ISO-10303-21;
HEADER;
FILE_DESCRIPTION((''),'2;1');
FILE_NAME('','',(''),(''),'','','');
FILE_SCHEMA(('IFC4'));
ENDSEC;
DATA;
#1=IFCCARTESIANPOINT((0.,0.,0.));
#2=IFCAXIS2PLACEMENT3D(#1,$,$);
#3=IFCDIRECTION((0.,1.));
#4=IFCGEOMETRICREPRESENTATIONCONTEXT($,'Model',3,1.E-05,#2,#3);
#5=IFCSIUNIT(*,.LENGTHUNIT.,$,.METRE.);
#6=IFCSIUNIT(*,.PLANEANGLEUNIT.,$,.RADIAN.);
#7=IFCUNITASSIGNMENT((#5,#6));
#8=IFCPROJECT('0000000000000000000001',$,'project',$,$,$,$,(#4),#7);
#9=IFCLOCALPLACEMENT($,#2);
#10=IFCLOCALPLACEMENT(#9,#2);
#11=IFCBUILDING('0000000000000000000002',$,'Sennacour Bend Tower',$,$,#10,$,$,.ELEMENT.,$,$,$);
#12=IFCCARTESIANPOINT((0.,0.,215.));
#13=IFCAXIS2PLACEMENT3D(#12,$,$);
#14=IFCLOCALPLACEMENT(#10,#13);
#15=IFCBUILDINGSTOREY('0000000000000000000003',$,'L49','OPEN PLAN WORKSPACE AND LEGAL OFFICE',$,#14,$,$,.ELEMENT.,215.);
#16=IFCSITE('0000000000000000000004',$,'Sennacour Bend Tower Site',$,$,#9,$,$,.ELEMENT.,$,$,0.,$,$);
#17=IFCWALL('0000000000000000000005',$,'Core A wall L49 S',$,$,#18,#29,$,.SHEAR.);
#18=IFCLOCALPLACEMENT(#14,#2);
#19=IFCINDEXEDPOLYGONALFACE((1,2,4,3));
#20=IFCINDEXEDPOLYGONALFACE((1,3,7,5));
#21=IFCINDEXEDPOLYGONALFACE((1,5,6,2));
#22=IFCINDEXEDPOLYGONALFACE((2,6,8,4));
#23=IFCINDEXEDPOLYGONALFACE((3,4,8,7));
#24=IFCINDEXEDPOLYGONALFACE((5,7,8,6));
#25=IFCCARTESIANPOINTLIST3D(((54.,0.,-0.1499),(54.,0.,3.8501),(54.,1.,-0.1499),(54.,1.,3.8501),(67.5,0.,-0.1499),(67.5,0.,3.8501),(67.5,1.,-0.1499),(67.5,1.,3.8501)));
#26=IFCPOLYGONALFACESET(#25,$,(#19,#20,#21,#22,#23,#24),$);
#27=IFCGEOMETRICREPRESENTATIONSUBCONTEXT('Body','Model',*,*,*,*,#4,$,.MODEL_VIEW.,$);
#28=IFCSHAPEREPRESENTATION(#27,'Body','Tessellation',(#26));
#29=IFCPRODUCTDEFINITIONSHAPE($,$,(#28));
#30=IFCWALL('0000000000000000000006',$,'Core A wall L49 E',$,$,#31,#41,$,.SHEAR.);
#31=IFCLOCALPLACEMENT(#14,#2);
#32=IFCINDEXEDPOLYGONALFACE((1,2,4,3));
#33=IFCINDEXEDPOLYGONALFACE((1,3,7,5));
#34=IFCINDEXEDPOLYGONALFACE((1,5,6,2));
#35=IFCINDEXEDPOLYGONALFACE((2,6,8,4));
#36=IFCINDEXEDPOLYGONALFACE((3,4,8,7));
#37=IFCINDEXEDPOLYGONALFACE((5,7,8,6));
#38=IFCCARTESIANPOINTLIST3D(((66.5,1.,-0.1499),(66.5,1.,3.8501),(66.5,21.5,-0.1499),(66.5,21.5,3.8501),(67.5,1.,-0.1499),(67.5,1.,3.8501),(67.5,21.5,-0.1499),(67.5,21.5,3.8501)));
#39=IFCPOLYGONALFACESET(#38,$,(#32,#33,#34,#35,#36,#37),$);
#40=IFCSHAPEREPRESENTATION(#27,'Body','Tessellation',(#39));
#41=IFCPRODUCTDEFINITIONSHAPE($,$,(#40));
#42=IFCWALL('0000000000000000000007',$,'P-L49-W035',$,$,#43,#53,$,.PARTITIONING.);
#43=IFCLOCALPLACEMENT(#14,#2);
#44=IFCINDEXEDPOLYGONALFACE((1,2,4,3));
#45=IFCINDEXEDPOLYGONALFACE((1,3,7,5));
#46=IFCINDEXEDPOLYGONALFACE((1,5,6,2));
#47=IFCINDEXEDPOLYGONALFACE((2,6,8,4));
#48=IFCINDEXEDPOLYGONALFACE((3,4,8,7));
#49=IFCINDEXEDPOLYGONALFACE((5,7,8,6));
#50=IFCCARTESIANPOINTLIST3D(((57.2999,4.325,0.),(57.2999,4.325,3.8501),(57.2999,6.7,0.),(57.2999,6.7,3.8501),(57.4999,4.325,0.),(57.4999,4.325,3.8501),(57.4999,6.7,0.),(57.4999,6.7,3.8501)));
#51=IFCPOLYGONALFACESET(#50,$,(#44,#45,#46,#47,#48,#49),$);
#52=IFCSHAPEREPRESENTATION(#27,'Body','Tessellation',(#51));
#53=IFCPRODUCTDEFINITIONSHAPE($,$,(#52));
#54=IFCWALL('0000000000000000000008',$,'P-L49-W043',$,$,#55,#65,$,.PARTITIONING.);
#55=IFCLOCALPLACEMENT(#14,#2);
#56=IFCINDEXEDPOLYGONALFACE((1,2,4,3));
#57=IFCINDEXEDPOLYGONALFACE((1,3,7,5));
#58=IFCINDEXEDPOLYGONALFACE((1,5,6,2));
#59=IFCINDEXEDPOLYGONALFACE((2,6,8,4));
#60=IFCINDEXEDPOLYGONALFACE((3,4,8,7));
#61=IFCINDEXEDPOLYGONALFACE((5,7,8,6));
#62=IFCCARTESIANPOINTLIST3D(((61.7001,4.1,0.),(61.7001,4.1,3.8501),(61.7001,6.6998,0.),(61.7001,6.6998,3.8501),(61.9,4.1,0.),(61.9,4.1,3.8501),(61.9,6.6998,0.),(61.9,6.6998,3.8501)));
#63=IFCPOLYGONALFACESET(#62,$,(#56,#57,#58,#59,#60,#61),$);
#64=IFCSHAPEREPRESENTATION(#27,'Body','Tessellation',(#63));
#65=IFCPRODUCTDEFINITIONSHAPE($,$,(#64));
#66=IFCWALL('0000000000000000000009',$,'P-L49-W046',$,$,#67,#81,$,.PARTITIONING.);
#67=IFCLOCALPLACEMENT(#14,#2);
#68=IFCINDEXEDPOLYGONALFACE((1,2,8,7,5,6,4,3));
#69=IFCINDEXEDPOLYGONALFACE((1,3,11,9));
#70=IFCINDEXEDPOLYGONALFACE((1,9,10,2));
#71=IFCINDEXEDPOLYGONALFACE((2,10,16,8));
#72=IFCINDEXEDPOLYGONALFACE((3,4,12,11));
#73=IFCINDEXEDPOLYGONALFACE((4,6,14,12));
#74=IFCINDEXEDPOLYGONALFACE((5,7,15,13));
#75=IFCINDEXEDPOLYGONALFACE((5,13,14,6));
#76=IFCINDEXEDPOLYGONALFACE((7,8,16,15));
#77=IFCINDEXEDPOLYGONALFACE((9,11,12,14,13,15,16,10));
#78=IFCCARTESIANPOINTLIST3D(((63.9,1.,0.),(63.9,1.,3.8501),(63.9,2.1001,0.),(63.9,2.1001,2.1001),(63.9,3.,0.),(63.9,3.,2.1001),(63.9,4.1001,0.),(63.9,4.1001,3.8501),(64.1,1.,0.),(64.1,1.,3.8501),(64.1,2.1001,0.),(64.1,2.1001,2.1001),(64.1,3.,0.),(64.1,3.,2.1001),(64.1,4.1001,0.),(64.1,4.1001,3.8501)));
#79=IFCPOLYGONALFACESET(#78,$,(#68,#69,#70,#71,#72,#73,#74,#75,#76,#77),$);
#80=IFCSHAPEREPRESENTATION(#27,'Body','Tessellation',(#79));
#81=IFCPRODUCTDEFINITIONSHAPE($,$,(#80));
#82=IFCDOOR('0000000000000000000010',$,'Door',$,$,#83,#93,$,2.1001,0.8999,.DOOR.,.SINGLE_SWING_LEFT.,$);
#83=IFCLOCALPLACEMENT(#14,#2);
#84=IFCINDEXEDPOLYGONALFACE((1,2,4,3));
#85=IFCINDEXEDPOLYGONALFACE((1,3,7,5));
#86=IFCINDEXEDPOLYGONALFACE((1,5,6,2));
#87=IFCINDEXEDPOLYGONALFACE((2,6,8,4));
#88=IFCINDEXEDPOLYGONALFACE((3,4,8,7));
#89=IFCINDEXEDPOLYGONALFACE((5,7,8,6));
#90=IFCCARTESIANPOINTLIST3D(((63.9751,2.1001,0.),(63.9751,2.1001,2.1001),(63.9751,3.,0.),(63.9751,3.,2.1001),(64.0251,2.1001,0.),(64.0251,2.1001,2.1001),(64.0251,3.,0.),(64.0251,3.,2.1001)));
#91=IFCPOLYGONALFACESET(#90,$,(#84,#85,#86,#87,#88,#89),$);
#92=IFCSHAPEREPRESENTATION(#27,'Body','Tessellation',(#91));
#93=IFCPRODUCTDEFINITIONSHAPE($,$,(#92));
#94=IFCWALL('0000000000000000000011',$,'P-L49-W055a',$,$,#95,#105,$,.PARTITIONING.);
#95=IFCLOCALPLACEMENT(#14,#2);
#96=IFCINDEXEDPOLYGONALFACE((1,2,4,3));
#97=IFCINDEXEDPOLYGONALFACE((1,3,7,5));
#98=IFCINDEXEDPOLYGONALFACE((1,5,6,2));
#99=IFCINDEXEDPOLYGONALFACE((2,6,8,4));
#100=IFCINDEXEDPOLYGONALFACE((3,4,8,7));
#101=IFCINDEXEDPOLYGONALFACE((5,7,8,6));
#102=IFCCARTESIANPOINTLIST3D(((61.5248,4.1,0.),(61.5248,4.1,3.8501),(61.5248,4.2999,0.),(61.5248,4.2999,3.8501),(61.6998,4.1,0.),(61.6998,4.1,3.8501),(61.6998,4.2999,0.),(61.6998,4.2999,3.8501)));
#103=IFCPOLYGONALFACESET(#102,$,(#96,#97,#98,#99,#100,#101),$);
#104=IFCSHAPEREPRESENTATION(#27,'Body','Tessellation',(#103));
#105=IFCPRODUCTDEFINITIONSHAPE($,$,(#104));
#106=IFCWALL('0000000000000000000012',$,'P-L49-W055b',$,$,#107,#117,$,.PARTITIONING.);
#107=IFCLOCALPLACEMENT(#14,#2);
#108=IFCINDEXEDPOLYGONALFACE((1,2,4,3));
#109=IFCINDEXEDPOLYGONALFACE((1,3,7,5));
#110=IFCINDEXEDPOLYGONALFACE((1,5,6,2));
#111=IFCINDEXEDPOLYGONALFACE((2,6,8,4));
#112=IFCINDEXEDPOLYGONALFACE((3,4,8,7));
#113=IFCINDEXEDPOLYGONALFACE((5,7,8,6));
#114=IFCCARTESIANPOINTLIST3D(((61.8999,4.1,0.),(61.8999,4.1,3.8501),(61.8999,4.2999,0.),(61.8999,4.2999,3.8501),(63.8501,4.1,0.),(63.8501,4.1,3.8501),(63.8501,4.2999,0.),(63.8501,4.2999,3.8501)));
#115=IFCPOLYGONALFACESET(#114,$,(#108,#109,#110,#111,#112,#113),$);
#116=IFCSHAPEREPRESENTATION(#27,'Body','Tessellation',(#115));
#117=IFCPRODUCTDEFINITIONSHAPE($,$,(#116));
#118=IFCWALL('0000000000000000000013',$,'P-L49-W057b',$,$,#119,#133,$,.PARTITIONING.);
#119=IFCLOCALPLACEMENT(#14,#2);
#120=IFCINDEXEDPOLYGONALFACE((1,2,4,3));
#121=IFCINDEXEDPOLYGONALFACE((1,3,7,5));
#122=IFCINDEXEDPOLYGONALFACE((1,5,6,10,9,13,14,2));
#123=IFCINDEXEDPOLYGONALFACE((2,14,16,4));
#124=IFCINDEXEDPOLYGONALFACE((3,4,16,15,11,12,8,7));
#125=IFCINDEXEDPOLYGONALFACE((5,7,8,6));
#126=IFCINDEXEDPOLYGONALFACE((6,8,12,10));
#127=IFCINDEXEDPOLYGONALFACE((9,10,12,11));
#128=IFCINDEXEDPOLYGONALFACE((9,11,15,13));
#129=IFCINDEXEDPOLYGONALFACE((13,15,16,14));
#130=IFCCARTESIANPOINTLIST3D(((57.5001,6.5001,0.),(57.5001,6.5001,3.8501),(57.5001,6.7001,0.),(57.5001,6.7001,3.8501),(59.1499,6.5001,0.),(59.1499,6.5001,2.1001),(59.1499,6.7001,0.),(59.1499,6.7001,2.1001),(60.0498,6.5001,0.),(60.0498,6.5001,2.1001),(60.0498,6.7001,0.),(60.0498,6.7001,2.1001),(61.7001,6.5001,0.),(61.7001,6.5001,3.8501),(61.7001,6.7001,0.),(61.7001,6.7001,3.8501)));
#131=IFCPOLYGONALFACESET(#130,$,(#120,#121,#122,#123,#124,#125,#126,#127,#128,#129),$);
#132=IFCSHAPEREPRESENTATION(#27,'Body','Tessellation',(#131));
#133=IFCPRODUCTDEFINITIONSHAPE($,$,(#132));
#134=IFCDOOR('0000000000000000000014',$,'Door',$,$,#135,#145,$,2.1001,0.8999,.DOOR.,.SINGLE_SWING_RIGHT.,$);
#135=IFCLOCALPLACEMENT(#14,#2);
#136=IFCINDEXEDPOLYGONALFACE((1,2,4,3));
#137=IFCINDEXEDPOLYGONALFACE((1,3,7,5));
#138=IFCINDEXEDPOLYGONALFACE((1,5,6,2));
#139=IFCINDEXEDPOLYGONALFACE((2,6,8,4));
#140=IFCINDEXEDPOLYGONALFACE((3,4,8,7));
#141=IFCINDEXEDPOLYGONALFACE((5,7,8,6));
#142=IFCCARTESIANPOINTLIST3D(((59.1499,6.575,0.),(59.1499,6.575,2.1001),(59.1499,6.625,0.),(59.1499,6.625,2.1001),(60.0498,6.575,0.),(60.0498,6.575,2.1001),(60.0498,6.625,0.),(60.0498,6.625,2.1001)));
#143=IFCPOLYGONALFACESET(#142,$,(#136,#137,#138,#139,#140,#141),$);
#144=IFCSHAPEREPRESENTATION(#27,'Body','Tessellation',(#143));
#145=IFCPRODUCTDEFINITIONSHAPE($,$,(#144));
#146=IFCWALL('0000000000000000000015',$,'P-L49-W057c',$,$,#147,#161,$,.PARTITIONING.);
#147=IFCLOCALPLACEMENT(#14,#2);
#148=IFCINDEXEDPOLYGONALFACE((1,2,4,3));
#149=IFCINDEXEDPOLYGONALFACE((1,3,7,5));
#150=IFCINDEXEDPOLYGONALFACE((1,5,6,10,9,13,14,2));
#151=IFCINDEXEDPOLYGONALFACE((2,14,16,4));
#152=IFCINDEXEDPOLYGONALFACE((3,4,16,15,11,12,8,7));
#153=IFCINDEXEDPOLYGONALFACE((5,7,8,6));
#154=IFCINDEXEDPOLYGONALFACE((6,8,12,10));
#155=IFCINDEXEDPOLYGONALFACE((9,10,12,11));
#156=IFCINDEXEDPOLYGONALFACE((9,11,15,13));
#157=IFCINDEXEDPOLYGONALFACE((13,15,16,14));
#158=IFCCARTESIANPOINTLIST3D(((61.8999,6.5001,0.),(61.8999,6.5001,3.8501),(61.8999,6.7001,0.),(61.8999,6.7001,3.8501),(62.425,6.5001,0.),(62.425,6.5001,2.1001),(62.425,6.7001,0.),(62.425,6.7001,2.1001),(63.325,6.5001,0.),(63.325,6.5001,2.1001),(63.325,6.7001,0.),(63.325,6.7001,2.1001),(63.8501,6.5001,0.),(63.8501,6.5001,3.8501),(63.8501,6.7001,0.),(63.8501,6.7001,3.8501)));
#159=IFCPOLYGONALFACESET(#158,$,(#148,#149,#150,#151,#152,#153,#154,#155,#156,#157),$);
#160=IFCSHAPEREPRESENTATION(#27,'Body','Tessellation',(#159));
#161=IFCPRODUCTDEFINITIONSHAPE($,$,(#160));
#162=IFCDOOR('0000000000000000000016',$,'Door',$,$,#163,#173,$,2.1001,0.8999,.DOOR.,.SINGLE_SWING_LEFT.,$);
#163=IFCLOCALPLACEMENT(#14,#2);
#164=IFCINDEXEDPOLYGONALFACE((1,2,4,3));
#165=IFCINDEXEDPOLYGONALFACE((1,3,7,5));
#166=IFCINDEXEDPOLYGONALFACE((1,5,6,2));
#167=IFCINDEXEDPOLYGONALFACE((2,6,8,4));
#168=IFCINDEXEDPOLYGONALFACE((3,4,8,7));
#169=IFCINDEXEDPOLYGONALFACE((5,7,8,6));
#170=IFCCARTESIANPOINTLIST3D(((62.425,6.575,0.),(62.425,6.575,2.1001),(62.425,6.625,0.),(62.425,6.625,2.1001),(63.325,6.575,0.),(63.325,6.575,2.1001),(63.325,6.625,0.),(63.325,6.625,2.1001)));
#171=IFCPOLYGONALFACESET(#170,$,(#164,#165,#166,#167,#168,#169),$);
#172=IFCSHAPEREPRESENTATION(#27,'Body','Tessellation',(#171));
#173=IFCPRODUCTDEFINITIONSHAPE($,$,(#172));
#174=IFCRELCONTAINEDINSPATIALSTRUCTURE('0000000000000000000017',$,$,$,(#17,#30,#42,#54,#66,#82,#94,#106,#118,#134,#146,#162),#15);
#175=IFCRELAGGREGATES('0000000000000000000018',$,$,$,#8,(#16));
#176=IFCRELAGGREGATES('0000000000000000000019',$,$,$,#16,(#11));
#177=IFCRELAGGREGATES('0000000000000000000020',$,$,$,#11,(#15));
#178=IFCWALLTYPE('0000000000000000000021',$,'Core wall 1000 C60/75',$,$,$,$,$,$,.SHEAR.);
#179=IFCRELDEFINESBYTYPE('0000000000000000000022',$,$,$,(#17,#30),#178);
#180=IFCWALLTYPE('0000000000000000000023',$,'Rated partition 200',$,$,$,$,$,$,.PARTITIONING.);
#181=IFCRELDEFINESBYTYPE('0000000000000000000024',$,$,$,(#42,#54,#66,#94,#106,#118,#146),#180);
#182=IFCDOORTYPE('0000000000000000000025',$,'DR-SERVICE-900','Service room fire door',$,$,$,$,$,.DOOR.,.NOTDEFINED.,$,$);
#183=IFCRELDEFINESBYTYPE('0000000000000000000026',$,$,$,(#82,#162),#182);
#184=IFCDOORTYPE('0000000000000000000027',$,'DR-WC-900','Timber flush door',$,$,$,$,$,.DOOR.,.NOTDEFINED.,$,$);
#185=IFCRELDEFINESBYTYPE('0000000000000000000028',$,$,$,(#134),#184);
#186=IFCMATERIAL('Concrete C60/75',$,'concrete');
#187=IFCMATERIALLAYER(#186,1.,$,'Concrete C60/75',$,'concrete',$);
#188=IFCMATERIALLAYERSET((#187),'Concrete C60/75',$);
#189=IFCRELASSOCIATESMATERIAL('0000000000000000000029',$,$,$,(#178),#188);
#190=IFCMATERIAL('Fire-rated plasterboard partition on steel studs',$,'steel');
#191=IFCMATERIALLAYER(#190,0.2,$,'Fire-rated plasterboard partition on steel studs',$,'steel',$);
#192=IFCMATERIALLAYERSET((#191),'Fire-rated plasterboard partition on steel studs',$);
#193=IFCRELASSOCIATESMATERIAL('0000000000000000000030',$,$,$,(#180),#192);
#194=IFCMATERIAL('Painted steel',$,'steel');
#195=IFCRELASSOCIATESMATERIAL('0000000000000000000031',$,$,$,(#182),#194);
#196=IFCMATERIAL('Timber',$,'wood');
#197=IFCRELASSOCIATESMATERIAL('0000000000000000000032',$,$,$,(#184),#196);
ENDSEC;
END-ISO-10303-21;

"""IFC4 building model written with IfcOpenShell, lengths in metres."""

from ifc_helpers import new_model, si_unit, direction, frame, frame_2d, origin, place, context, subcontext, project, spatial, rectangle, extrude, material, layer, layer_set, type_object, element, fill, save


model = new_model("IFC4")

# Units and contexts
model_context = context("Model", 3, precision=1e-05, world=origin(), true_north=direction((0.0, 1.0)))
body_context = subcontext(model_context, "Body", "Model", "MODEL_VIEW")
ifc_project = project(units=[si_unit("LENGTHUNIT", "METRE"), si_unit("PLANEANGLEUNIT", "RADIAN")], contexts=[model_context])

# Site, building, storey
site_placement = place(None, origin())
site = spatial("IfcSite", under=ifc_project, at=site_placement, Name="Sennacour Bend Tower Site", CompositionType="ELEMENT", RefElevation=0.0)
building_placement = place(site_placement, origin())
building = spatial("IfcBuilding", under=site, at=building_placement, Name="Sennacour Bend Tower", CompositionType="ELEMENT")
storey_placement = place(building_placement, frame((0.0, 0.0, 215.0)))
storey = spatial("IfcBuildingStorey", under=building, at=storey_placement, Name="L49", Description="OPEN PLAN WORKSPACE AND LEGAL OFFICE", CompositionType="ELEMENT", Elevation=215.0)

# Walls
ifc_material_1 = material(Name="Concrete C60/75", Category="concrete")
ifc_layer_1 = layer(ifc_material_1, 1.0, Name="Concrete C60/75", Category="concrete")
ifc_layer_set_1 = layer_set([ifc_layer_1], Name="Concrete C60/75")
wall_type_1 = type_object("IfcWallType", Name="Core wall 1000 C60/75", PredefinedType="SHEAR", material=ifc_layer_set_1)
wall_1_placement = place(storey_placement, frame((67.5, 0.5, -0.1499), z_axis=(0.0, 0.0, 1.0), x_axis=(-1.0, 0.0, 0.0)))
element("IfcWall", 1, at=wall_1_placement, inside=storey, type_object=wall_type_1, Name="Core A wall L49 S", PredefinedType="SHEAR", context=body_context, shape_type="SweptSolid", body=[
    extrude(rectangle(XDim=13.5, YDim=1.0, at=frame_2d((6.75, 0.0))), origin(), (0.0, 0.0, 1.0), 4.0),
])
wall_2_placement = place(storey_placement, frame((67.0, 1.0, -0.1499), z_axis=(0.0, 0.0, 1.0), x_axis=(0.0, 1.0, 0.0)))
element("IfcWall", 2, at=wall_2_placement, inside=storey, type_object=wall_type_1, Name="Core A wall L49 E", PredefinedType="SHEAR", context=body_context, shape_type="SweptSolid", body=[
    extrude(rectangle(XDim=20.5, YDim=1.0, at=frame_2d((10.25, 0.0))), origin(), (0.0, 0.0, 1.0), 4.0),
])
ifc_material_2 = material(Name="Fire-rated plasterboard partition on steel studs", Category="steel")
ifc_layer_2 = layer(ifc_material_2, 0.2, Name="Fire-rated plasterboard partition on steel studs", Category="steel")
ifc_layer_set_2 = layer_set([ifc_layer_2], Name="Fire-rated plasterboard partition on steel studs")
wall_type_2 = type_object("IfcWallType", Name="Rated partition 200", PredefinedType="PARTITIONING", material=ifc_layer_set_2)
wall_3_placement = place(storey_placement, frame((57.3999, 4.325, 0.0), z_axis=(0.0, 0.0, 1.0), x_axis=(0.0, 1.0, 0.0)))
element("IfcWall", 3, at=wall_3_placement, inside=storey, type_object=wall_type_2, Name="P-L49-W035", PredefinedType="PARTITIONING", context=body_context, shape_type="SweptSolid", body=[
    extrude(rectangle(XDim=2.375, YDim=0.2, at=frame_2d((1.1875, 0.0))), origin(), (0.0, 0.0, 1.0), 3.8501),
])
wall_4_placement = place(storey_placement, frame((61.8, 4.1001, 0.0), z_axis=(0.0, 0.0, 1.0), x_axis=(0.0, 1.0, 0.0)))
element("IfcWall", 4, at=wall_4_placement, inside=storey, type_object=wall_type_2, Name="P-L49-W043", PredefinedType="PARTITIONING", context=body_context, shape_type="SweptSolid", body=[
    extrude(rectangle(XDim=2.5999, YDim=0.2, at=frame_2d((1.2998, 0.0))), origin(), (0.0, 0.0, 1.0), 3.8501),
])

# Wall, opening, door
wall_5_placement = place(storey_placement, frame((64.0, 1.0, 0.0), z_axis=(0.0, 0.0, 1.0), x_axis=(0.0, 1.0, 0.0)))
wall_5 = element("IfcWall", 5, at=wall_5_placement, inside=storey, type_object=wall_type_2, Name="P-L49-W046", PredefinedType="PARTITIONING", context=body_context, shape_type="SweptSolid", body=[
    extrude(rectangle(XDim=3.1001, YDim=0.2, at=frame_2d((1.55, 0.0))), origin(), (0.0, 0.0, 1.0), 3.8501),
])
opening_1_placement = place(wall_5_placement, frame((1.1001, 0.0, 0.0)))
opening_1 = element("IfcOpeningElement", 6, at=opening_1_placement, cuts=wall_5, PredefinedType="OPENING", context=body_context, shape_type="SweptSolid", body=[
    extrude(rectangle(XDim=0.8999, YDim=2.1001, at=frame_2d((0.45, 1.05))), frame((0.0, 0.1099, 0.0), z_axis=(0.0, -1.0, 0.0), x_axis=(1.0, 0.0, 0.0)), (0.0, 0.0, 1.0), 0.22),
])
ifc_material_3 = material(Name="Painted steel", Category="steel")
door_type_1 = type_object("IfcDoorType", Name="DR-SERVICE-900", Description="Service room fire door", OperationType="NOTDEFINED", PredefinedType="DOOR", material=ifc_material_3)
door_1_placement = place(opening_1_placement, origin())
door_1 = element("IfcDoor", 7, at=door_1_placement, inside=storey, type_object=door_type_1, Name="Door", OperationType="SINGLE_SWING_LEFT", OverallHeight=2.1001, OverallWidth=0.8999, PredefinedType="DOOR", context=body_context, shape_type="SweptSolid", body=[
    extrude(rectangle(XDim=0.8999, YDim=2.1001, at=frame_2d((0.45, 1.05))), frame((0.0, 0.0249, 0.0), z_axis=(0.0, -1.0, 0.0), x_axis=(1.0, 0.0, 0.0)), (0.0, 0.0, 1.0), 0.05),
])
fill(opening_1, door_1)

# Walls
wall_6_placement = place(storey_placement, frame((61.5249, 4.2, 0.0), z_axis=(0.0, 0.0, 1.0), x_axis=(1.0, 0.0, 0.0)))
element("IfcWall", 8, at=wall_6_placement, inside=storey, type_object=wall_type_2, Name="P-L49-W055a", PredefinedType="PARTITIONING", context=body_context, shape_type="SweptSolid", body=[
    extrude(rectangle(XDim=0.175, YDim=0.2, at=frame_2d((0.0874, 0.0))), origin(), (0.0, 0.0, 1.0), 3.8501),
])
wall_7_placement = place(storey_placement, frame((61.8999, 4.2, 0.0), z_axis=(0.0, 0.0, 1.0), x_axis=(1.0, 0.0, 0.0)))
element("IfcWall", 9, at=wall_7_placement, inside=storey, type_object=wall_type_2, Name="P-L49-W055b", PredefinedType="PARTITIONING", context=body_context, shape_type="SweptSolid", body=[
    extrude(rectangle(XDim=1.9502, YDim=0.2, at=frame_2d((0.9751, 0.0))), origin(), (0.0, 0.0, 1.0), 3.8501),
])

# Walls, openings, doors
wall_8_placement = place(storey_placement, frame((57.5, 6.6001, 0.0), z_axis=(0.0, 0.0, 1.0), x_axis=(1.0, 0.0, 0.0)))
wall_8 = element("IfcWall", 10, at=wall_8_placement, inside=storey, type_object=wall_type_2, Name="P-L49-W057b", PredefinedType="PARTITIONING", context=body_context, shape_type="SweptSolid", body=[
    extrude(rectangle(XDim=4.2, YDim=0.2, at=frame_2d((2.1001, 0.0))), origin(), (0.0, 0.0, 1.0), 3.8501),
])
opening_2_placement = place(wall_8_placement, frame((1.6499, 0.0, 0.0)))
opening_2 = element("IfcOpeningElement", 11, at=opening_2_placement, cuts=wall_8, PredefinedType="OPENING", context=body_context, shape_type="SweptSolid", body=[
    extrude(rectangle(XDim=0.8999, YDim=2.1001, at=frame_2d((0.45, 1.05))), frame((0.0, 0.1099, 0.0), z_axis=(0.0, -1.0, 0.0), x_axis=(1.0, 0.0, 0.0)), (0.0, 0.0, 1.0), 0.22),
])
ifc_material_4 = material(Name="Timber", Category="wood")
door_type_2 = type_object("IfcDoorType", Name="DR-WC-900", Description="Timber flush door", OperationType="NOTDEFINED", PredefinedType="DOOR", material=ifc_material_4)
door_2_placement = place(opening_2_placement, origin())
door_2 = element("IfcDoor", 12, at=door_2_placement, inside=storey, type_object=door_type_2, Name="Door", OperationType="SINGLE_SWING_RIGHT", OverallHeight=2.1001, OverallWidth=0.8999, PredefinedType="DOOR", context=body_context, shape_type="SweptSolid", body=[
    extrude(rectangle(XDim=0.8999, YDim=2.1001, at=frame_2d((0.45, 1.05))), frame((0.0, 0.0249, 0.0), z_axis=(0.0, -1.0, 0.0), x_axis=(1.0, 0.0, 0.0)), (0.0, 0.0, 1.0), 0.05),
])
fill(opening_2, door_2)
wall_9_placement = place(storey_placement, frame((61.8999, 6.6001, 0.0), z_axis=(0.0, 0.0, 1.0), x_axis=(1.0, 0.0, 0.0)))
wall_9 = element("IfcWall", 13, at=wall_9_placement, inside=storey, type_object=wall_type_2, Name="P-L49-W057c", PredefinedType="PARTITIONING", context=body_context, shape_type="SweptSolid", body=[
    extrude(rectangle(XDim=1.9502, YDim=0.2, at=frame_2d((0.9751, 0.0))), origin(), (0.0, 0.0, 1.0), 3.8501),
])
opening_3_placement = place(wall_9_placement, frame((0.5251, 0.0, 0.0)))
opening_3 = element("IfcOpeningElement", 14, at=opening_3_placement, cuts=wall_9, PredefinedType="OPENING", context=body_context, shape_type="SweptSolid", body=[
    extrude(rectangle(XDim=0.8999, YDim=2.1001, at=frame_2d((0.45, 1.05))), frame((0.0, 0.1099, 0.0), z_axis=(0.0, -1.0, 0.0), x_axis=(1.0, 0.0, 0.0)), (0.0, 0.0, 1.0), 0.22),
])
door_3_placement = place(opening_3_placement, origin())
door_3 = element("IfcDoor", 15, at=door_3_placement, inside=storey, type_object=door_type_1, Name="Door", OperationType="SINGLE_SWING_LEFT", OverallHeight=2.1001, OverallWidth=0.8999, PredefinedType="DOOR", context=body_context, shape_type="SweptSolid", body=[
    extrude(rectangle(XDim=0.8999, YDim=2.1001, at=frame_2d((0.45, 1.05))), frame((0.0, 0.0249, 0.0), z_axis=(0.0, -1.0, 0.0), x_axis=(1.0, 0.0, 0.0)), (0.0, 0.0, 1.0), 0.05),
])
fill(opening_3, door_3)

save(model, "model.ifc")
